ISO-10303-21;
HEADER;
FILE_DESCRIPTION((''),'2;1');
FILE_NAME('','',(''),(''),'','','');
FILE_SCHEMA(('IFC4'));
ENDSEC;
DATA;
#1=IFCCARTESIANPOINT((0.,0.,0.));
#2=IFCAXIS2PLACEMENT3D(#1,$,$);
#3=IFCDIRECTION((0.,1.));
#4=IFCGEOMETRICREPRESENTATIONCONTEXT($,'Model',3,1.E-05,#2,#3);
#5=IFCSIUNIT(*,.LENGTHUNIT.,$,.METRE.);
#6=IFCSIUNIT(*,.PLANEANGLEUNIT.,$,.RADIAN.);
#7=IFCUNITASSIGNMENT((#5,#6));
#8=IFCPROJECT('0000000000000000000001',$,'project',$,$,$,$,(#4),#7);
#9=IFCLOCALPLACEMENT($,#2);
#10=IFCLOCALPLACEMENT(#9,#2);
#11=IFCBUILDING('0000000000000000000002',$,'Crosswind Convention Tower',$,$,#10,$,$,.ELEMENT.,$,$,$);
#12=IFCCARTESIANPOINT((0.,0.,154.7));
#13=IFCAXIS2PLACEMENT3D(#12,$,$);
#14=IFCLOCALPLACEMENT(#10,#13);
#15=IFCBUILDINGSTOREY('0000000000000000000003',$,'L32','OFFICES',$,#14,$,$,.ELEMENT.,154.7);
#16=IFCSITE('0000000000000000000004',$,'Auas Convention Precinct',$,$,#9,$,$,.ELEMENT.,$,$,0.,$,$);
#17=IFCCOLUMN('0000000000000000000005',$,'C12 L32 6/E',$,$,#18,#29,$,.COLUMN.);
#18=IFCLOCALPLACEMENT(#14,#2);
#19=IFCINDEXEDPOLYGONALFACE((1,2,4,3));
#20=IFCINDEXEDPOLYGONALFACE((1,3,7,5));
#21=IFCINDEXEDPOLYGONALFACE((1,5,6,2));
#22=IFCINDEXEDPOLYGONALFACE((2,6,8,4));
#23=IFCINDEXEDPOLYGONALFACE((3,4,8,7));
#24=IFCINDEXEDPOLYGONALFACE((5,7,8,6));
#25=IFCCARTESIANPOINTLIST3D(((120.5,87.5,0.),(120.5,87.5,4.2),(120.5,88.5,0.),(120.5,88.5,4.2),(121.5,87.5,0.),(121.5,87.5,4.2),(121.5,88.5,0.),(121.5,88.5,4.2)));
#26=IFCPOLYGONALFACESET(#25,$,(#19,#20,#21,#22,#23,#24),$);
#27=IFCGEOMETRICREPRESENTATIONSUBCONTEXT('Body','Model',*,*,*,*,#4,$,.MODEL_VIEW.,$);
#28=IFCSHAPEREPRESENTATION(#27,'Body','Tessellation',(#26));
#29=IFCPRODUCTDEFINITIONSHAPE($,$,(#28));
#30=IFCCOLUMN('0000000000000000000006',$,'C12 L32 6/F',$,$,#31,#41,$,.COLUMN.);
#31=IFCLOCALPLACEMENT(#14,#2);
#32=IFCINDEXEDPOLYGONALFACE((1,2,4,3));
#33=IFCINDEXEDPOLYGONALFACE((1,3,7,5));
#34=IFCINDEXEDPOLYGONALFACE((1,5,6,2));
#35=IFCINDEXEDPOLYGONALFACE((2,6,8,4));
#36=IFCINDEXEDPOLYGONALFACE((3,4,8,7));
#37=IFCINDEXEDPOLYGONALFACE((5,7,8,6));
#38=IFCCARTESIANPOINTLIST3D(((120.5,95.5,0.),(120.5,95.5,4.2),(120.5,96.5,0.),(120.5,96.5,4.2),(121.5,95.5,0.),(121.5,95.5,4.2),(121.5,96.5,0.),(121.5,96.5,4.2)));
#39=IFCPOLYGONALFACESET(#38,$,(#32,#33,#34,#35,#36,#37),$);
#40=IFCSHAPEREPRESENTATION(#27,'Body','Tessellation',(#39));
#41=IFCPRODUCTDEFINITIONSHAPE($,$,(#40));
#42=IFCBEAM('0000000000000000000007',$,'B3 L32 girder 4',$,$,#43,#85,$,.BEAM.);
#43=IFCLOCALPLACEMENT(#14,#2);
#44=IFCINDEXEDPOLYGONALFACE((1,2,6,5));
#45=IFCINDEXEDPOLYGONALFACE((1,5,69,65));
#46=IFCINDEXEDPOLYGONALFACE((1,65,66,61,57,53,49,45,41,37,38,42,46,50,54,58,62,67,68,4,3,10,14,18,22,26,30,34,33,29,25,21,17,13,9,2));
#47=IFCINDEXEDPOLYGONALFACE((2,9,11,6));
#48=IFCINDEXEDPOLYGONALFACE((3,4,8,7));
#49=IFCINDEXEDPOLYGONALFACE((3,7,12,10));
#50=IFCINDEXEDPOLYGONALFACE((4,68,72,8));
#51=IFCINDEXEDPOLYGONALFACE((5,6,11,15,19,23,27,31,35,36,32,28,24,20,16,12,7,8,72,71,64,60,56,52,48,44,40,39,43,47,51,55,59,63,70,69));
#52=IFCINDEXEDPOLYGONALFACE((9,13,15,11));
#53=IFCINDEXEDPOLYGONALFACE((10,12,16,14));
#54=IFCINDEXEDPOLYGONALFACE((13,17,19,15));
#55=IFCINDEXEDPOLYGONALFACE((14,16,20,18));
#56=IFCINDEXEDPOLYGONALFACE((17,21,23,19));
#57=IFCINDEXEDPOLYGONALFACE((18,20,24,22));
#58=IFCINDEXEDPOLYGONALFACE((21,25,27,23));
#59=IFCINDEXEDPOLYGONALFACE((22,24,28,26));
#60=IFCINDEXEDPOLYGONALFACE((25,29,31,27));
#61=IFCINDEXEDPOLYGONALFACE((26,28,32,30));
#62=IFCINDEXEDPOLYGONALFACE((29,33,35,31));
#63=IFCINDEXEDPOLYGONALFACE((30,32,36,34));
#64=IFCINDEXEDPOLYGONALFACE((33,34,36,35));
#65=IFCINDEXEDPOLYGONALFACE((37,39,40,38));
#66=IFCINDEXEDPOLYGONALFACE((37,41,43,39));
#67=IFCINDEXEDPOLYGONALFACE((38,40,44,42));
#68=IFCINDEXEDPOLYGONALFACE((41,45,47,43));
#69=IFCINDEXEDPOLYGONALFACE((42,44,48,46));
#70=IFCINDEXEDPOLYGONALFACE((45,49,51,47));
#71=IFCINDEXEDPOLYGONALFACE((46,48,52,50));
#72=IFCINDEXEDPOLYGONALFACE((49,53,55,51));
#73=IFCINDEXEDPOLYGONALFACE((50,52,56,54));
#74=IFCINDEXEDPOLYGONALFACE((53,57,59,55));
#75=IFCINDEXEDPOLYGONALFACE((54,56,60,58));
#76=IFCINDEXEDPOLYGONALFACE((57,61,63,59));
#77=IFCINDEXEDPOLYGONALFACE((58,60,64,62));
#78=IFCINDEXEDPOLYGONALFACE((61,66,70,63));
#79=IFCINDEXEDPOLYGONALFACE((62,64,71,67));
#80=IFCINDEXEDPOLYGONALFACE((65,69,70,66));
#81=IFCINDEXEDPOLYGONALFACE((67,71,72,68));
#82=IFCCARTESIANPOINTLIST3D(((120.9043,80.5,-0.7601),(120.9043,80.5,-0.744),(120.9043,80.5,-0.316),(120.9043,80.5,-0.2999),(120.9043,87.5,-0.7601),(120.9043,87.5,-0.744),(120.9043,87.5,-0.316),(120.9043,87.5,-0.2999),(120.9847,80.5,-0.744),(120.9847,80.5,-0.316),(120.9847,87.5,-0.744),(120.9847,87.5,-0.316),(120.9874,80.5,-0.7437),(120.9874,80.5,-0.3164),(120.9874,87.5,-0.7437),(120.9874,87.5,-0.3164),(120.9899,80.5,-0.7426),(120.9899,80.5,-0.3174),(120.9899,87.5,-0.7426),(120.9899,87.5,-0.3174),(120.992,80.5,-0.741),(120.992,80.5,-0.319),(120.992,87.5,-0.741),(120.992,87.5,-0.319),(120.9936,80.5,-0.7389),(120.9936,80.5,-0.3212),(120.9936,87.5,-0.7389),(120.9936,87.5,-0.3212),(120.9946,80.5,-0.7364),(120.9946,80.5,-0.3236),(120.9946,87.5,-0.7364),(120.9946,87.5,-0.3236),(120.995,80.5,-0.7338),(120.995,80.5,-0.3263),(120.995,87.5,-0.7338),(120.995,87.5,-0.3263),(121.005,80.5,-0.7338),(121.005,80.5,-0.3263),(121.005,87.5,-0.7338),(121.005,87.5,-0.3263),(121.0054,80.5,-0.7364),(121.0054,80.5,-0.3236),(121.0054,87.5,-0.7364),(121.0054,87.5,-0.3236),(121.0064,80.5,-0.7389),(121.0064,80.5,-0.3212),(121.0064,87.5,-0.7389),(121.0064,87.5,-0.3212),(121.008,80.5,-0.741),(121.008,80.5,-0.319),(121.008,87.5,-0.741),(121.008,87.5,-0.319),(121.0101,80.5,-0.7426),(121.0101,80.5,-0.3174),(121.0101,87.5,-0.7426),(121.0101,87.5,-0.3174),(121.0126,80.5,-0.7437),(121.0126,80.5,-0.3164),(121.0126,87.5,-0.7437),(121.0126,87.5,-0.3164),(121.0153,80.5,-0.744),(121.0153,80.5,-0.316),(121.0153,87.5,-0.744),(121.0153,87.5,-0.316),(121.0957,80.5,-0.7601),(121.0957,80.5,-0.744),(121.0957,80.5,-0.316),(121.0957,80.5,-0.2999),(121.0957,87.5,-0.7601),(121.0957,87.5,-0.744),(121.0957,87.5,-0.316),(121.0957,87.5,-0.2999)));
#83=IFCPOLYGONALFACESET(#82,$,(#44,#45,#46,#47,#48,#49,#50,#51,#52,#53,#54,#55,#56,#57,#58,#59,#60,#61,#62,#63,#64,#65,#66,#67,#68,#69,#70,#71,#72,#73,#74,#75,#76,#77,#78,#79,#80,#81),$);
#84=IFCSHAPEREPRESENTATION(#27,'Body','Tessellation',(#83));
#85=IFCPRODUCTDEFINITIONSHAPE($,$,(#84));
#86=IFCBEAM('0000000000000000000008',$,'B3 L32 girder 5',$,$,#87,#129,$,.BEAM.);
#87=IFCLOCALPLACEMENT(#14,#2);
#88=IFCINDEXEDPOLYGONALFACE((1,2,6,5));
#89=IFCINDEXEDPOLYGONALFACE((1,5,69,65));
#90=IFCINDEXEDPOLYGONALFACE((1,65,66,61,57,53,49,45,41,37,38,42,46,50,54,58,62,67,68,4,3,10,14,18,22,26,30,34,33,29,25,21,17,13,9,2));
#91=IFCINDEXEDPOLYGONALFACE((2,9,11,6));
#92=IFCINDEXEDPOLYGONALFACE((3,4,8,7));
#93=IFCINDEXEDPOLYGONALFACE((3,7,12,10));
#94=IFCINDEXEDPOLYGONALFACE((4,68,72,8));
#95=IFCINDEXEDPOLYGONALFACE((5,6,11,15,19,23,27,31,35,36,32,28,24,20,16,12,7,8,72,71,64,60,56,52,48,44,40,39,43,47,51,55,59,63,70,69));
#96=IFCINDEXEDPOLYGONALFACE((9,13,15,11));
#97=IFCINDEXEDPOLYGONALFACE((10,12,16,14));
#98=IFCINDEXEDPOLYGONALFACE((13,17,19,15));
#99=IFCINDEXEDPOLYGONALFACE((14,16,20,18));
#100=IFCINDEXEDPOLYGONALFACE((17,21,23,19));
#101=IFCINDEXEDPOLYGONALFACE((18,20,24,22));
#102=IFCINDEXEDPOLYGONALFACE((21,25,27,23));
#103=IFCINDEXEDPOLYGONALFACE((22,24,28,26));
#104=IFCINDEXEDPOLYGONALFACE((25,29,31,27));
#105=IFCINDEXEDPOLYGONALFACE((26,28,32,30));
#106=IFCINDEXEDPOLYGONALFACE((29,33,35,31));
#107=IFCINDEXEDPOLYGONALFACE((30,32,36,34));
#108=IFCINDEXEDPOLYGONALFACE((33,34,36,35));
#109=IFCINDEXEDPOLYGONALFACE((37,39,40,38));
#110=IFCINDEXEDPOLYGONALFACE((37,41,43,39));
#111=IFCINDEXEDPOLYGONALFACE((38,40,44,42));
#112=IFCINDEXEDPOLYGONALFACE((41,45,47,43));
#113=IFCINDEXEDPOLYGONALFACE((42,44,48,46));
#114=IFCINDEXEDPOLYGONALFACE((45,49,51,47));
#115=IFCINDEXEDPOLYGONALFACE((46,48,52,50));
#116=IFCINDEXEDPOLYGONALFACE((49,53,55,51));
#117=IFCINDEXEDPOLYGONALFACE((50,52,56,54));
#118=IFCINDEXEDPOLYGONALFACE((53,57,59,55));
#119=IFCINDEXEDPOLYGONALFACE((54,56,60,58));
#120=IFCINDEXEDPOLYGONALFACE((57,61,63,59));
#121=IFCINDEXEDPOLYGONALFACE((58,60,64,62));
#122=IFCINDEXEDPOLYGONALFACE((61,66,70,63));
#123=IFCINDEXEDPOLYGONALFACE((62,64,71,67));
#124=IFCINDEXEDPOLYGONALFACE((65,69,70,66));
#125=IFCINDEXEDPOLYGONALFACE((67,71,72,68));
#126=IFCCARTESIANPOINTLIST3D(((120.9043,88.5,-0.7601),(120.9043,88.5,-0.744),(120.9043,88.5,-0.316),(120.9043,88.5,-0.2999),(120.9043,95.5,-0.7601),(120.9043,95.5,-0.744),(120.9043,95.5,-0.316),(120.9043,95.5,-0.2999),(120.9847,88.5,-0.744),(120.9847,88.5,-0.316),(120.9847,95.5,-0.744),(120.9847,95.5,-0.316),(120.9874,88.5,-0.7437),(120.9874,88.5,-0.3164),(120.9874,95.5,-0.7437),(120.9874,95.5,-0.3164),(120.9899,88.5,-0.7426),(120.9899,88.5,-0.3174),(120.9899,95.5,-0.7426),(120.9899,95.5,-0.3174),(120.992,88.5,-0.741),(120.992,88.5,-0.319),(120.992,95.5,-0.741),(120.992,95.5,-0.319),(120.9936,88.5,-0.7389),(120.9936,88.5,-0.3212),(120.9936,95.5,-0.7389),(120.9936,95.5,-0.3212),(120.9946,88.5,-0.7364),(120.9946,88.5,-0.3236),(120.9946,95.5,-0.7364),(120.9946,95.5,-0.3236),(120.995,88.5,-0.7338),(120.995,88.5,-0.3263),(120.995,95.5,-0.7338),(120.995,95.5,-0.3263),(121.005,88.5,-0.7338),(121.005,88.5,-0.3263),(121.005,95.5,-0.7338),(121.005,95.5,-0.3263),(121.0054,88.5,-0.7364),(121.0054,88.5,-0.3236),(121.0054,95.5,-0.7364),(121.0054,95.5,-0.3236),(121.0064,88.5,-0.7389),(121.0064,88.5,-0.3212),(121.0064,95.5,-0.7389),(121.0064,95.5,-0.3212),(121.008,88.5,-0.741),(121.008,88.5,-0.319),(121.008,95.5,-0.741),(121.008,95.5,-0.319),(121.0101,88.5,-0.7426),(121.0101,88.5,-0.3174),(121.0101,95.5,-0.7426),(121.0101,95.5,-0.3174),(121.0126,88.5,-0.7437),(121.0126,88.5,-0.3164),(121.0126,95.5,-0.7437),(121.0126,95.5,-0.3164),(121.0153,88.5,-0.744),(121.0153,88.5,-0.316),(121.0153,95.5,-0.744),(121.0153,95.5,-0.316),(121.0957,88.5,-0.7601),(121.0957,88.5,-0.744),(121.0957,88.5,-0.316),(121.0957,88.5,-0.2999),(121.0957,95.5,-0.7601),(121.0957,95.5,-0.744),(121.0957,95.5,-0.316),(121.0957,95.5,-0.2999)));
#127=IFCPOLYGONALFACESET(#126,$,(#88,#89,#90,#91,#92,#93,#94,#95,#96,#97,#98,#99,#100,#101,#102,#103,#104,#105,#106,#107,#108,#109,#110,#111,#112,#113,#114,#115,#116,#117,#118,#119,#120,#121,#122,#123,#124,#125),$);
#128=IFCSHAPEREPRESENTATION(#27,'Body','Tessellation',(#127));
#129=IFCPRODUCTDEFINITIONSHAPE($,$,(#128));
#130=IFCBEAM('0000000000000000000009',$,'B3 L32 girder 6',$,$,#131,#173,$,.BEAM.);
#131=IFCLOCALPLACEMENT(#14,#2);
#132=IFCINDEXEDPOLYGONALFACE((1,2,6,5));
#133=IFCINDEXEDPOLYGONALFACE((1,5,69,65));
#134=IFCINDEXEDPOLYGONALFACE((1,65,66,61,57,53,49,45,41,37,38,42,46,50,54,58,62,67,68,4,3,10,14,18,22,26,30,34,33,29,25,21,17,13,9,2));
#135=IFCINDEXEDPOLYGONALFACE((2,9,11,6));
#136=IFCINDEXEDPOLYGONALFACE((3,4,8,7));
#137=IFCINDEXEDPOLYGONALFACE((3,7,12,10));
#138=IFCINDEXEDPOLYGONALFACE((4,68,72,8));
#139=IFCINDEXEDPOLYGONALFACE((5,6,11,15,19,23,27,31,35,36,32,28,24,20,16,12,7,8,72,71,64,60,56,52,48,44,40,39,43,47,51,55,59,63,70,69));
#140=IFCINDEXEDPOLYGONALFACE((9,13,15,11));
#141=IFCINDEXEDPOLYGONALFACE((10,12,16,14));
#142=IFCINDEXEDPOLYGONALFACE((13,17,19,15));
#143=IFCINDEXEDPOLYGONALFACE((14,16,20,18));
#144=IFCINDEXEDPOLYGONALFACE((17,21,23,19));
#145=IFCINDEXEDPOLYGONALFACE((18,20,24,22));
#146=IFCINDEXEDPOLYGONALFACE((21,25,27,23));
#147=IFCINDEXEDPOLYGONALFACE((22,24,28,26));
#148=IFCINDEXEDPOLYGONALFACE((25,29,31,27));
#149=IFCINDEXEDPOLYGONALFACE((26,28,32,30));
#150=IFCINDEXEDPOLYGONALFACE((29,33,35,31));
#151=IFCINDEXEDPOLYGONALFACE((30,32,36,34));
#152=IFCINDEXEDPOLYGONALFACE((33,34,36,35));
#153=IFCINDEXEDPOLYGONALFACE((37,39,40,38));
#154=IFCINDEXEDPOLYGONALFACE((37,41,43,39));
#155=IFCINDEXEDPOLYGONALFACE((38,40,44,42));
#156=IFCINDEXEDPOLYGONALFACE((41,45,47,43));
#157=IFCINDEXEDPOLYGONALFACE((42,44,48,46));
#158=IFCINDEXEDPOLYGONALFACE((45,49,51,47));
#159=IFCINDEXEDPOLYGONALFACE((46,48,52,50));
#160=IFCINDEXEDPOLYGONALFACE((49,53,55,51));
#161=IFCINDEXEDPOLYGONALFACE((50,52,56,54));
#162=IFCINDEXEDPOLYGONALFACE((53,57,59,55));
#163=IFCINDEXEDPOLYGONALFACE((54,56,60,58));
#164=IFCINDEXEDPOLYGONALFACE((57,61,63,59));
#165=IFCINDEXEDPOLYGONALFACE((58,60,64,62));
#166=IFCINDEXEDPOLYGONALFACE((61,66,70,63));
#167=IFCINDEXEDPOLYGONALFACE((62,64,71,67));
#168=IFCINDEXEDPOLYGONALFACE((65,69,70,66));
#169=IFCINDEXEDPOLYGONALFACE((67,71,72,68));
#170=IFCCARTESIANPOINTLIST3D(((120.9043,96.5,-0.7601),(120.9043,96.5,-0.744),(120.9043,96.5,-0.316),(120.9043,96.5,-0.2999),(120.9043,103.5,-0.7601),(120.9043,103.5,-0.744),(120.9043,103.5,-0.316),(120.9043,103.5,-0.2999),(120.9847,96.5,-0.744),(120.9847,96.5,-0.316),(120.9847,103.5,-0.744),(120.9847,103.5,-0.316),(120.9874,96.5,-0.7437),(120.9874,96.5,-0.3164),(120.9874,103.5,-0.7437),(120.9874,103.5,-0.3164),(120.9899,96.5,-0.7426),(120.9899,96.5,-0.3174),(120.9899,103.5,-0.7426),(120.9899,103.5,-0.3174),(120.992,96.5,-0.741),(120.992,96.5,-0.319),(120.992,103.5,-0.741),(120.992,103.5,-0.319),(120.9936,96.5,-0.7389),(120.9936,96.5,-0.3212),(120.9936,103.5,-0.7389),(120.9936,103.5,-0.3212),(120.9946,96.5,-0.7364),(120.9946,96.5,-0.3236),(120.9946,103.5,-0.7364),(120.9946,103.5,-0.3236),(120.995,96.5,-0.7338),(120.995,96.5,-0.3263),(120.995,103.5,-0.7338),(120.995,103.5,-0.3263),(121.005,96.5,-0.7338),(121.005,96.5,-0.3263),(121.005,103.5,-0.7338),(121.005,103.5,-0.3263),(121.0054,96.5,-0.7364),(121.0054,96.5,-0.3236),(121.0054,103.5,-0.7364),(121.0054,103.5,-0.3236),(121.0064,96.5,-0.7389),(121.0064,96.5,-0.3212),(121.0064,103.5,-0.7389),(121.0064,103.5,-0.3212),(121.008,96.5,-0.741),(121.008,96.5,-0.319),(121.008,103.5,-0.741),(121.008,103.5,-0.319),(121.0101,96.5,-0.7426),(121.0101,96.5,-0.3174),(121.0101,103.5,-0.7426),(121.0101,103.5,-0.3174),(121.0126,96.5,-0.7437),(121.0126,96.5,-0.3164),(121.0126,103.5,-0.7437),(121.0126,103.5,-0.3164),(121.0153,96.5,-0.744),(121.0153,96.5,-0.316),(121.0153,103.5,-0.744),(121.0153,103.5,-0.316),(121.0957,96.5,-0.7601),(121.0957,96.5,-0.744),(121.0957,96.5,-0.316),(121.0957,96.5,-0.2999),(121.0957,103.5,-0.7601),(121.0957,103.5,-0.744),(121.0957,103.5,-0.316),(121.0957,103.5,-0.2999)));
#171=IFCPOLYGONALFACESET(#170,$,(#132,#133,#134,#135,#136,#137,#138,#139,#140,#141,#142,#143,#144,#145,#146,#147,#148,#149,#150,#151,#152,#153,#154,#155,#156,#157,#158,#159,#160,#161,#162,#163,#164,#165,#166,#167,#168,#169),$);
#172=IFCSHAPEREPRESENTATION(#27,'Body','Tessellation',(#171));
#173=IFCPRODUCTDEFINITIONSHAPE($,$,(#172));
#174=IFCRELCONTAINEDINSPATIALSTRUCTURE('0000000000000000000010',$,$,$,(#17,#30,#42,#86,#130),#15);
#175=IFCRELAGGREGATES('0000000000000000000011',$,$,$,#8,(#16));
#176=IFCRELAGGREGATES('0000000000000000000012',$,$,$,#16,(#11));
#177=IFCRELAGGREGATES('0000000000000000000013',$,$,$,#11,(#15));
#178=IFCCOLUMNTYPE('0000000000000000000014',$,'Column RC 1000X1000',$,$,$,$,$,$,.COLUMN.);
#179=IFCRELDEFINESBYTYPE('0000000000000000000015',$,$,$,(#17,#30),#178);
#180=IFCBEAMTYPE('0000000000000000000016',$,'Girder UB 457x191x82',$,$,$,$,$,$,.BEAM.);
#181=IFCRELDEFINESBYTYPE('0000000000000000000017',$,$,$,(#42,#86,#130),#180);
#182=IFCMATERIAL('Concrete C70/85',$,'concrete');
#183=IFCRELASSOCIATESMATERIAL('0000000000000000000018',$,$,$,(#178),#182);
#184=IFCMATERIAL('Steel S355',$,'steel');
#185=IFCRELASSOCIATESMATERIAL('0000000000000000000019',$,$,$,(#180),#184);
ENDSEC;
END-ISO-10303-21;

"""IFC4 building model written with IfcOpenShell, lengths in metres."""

from ifc_helpers import new_model, si_unit, direction, frame, origin, origin_2d, place, context, subcontext, project, spatial, rectangle, i_section, extrude, material, material_profile, profile_set, type_object, element, save


model = new_model("IFC4")

# Units and contexts
model_context = context("Model", 3, precision=1e-05, world=origin(), true_north=direction((0.0, 1.0)))
body_context = subcontext(model_context, "Body", "Model", "MODEL_VIEW")
ifc_project = project(units=[si_unit("LENGTHUNIT", "METRE"), si_unit("PLANEANGLEUNIT", "RADIAN")], contexts=[model_context])

# Site, building, storey
site_placement = place(None, origin())
site = spatial("IfcSite", under=ifc_project, at=site_placement, Name="Auas Convention Precinct", CompositionType="ELEMENT", RefElevation=0.0)
building_placement = place(site_placement, origin())
building = spatial("IfcBuilding", under=site, at=building_placement, Name="Crosswind Convention Tower", CompositionType="ELEMENT")
storey_placement = place(building_placement, frame((0.0, 0.0, 154.7)))
storey = spatial("IfcBuildingStorey", under=building, at=storey_placement, Name="L32", Description="OFFICES", CompositionType="ELEMENT", Elevation=154.7)

# Columns
ifc_material_1 = material(Name="Concrete C70/85", Category="concrete")
ifc_material_profile_1 = material_profile(ifc_material_1, rectangle(XDim=1.0, YDim=1.0, at=origin_2d()), Name="RC 1000X1000")
ifc_profile_set_1 = profile_set([ifc_material_profile_1], Name="Concrete C70/85")
column_type = type_object("IfcColumnType", Name="Column RC 1000X1000", PredefinedType="COLUMN", material=ifc_profile_set_1)
for number, where, z_axis, x_axis, name in (
    (1, (121.0, 88.0, 0.0), (0.0, 0.0, 1.0), (1.0, 0.0, 0.0), "C12 L32 6/E"),
    (2, (121.0, 96.0, 0.0), (0.0, 0.0, 1.0), (1.0, 0.0, 0.0), "C12 L32 6/F"),
):
    element("IfcColumn", number, at=place(storey_placement, frame(where, z_axis=z_axis, x_axis=x_axis)), inside=storey, type_object=column_type, Name=name, PredefinedType="COLUMN", context=body_context, shape_type="SweptSolid", body=[
        extrude(rectangle(XDim=1.0, YDim=1.0, at=origin_2d()), origin(), (0.0, 0.0, 1.0), 4.2),
    ])

# Beams
ifc_material_2 = material(Name="Steel S355", Category="steel")
ifc_material_profile_2 = material_profile(ifc_material_2, i_section(OverallWidth=0.1914, OverallDepth=0.4602, WebThickness=0.01, FlangeThickness=0.0161, FilletRadius=0.0103, at=origin_2d()), Name="UB 457x191x82")
ifc_profile_set_2 = profile_set([ifc_material_profile_2], Name="Steel S355")
beam_type_1 = type_object("IfcBeamType", Name="Girder UB 457x191x82", PredefinedType="BEAM", material=ifc_profile_set_2)
for number, where, z_axis, x_axis, name in (
    (3, (121.0, 80.5, -0.53), (0.0, 1.0, 0.0), (-1.0, 0.0, 0.0), "B3 L32 girder 4"),
    (4, (121.0, 88.5, -0.53), (0.0, 1.0, 0.0), (-1.0, 0.0, 0.0), "B3 L32 girder 5"),
    (5, (121.0, 96.5, -0.53), (0.0, 1.0, 0.0), (-1.0, 0.0, 0.0), "B3 L32 girder 6"),
):
    element("IfcBeam", number, at=place(storey_placement, frame(where, z_axis=z_axis, x_axis=x_axis)), inside=storey, type_object=beam_type_1, Name=name, PredefinedType="BEAM", context=body_context, shape_type="SweptSolid", body=[
        extrude(i_section(OverallWidth=0.1914, OverallDepth=0.4602, WebThickness=0.01, FlangeThickness=0.0161, FilletRadius=0.0103, at=origin_2d()), origin(), (0.0, 0.0, 1.0), 7.0),
    ])

save(model, "model.ifc")
